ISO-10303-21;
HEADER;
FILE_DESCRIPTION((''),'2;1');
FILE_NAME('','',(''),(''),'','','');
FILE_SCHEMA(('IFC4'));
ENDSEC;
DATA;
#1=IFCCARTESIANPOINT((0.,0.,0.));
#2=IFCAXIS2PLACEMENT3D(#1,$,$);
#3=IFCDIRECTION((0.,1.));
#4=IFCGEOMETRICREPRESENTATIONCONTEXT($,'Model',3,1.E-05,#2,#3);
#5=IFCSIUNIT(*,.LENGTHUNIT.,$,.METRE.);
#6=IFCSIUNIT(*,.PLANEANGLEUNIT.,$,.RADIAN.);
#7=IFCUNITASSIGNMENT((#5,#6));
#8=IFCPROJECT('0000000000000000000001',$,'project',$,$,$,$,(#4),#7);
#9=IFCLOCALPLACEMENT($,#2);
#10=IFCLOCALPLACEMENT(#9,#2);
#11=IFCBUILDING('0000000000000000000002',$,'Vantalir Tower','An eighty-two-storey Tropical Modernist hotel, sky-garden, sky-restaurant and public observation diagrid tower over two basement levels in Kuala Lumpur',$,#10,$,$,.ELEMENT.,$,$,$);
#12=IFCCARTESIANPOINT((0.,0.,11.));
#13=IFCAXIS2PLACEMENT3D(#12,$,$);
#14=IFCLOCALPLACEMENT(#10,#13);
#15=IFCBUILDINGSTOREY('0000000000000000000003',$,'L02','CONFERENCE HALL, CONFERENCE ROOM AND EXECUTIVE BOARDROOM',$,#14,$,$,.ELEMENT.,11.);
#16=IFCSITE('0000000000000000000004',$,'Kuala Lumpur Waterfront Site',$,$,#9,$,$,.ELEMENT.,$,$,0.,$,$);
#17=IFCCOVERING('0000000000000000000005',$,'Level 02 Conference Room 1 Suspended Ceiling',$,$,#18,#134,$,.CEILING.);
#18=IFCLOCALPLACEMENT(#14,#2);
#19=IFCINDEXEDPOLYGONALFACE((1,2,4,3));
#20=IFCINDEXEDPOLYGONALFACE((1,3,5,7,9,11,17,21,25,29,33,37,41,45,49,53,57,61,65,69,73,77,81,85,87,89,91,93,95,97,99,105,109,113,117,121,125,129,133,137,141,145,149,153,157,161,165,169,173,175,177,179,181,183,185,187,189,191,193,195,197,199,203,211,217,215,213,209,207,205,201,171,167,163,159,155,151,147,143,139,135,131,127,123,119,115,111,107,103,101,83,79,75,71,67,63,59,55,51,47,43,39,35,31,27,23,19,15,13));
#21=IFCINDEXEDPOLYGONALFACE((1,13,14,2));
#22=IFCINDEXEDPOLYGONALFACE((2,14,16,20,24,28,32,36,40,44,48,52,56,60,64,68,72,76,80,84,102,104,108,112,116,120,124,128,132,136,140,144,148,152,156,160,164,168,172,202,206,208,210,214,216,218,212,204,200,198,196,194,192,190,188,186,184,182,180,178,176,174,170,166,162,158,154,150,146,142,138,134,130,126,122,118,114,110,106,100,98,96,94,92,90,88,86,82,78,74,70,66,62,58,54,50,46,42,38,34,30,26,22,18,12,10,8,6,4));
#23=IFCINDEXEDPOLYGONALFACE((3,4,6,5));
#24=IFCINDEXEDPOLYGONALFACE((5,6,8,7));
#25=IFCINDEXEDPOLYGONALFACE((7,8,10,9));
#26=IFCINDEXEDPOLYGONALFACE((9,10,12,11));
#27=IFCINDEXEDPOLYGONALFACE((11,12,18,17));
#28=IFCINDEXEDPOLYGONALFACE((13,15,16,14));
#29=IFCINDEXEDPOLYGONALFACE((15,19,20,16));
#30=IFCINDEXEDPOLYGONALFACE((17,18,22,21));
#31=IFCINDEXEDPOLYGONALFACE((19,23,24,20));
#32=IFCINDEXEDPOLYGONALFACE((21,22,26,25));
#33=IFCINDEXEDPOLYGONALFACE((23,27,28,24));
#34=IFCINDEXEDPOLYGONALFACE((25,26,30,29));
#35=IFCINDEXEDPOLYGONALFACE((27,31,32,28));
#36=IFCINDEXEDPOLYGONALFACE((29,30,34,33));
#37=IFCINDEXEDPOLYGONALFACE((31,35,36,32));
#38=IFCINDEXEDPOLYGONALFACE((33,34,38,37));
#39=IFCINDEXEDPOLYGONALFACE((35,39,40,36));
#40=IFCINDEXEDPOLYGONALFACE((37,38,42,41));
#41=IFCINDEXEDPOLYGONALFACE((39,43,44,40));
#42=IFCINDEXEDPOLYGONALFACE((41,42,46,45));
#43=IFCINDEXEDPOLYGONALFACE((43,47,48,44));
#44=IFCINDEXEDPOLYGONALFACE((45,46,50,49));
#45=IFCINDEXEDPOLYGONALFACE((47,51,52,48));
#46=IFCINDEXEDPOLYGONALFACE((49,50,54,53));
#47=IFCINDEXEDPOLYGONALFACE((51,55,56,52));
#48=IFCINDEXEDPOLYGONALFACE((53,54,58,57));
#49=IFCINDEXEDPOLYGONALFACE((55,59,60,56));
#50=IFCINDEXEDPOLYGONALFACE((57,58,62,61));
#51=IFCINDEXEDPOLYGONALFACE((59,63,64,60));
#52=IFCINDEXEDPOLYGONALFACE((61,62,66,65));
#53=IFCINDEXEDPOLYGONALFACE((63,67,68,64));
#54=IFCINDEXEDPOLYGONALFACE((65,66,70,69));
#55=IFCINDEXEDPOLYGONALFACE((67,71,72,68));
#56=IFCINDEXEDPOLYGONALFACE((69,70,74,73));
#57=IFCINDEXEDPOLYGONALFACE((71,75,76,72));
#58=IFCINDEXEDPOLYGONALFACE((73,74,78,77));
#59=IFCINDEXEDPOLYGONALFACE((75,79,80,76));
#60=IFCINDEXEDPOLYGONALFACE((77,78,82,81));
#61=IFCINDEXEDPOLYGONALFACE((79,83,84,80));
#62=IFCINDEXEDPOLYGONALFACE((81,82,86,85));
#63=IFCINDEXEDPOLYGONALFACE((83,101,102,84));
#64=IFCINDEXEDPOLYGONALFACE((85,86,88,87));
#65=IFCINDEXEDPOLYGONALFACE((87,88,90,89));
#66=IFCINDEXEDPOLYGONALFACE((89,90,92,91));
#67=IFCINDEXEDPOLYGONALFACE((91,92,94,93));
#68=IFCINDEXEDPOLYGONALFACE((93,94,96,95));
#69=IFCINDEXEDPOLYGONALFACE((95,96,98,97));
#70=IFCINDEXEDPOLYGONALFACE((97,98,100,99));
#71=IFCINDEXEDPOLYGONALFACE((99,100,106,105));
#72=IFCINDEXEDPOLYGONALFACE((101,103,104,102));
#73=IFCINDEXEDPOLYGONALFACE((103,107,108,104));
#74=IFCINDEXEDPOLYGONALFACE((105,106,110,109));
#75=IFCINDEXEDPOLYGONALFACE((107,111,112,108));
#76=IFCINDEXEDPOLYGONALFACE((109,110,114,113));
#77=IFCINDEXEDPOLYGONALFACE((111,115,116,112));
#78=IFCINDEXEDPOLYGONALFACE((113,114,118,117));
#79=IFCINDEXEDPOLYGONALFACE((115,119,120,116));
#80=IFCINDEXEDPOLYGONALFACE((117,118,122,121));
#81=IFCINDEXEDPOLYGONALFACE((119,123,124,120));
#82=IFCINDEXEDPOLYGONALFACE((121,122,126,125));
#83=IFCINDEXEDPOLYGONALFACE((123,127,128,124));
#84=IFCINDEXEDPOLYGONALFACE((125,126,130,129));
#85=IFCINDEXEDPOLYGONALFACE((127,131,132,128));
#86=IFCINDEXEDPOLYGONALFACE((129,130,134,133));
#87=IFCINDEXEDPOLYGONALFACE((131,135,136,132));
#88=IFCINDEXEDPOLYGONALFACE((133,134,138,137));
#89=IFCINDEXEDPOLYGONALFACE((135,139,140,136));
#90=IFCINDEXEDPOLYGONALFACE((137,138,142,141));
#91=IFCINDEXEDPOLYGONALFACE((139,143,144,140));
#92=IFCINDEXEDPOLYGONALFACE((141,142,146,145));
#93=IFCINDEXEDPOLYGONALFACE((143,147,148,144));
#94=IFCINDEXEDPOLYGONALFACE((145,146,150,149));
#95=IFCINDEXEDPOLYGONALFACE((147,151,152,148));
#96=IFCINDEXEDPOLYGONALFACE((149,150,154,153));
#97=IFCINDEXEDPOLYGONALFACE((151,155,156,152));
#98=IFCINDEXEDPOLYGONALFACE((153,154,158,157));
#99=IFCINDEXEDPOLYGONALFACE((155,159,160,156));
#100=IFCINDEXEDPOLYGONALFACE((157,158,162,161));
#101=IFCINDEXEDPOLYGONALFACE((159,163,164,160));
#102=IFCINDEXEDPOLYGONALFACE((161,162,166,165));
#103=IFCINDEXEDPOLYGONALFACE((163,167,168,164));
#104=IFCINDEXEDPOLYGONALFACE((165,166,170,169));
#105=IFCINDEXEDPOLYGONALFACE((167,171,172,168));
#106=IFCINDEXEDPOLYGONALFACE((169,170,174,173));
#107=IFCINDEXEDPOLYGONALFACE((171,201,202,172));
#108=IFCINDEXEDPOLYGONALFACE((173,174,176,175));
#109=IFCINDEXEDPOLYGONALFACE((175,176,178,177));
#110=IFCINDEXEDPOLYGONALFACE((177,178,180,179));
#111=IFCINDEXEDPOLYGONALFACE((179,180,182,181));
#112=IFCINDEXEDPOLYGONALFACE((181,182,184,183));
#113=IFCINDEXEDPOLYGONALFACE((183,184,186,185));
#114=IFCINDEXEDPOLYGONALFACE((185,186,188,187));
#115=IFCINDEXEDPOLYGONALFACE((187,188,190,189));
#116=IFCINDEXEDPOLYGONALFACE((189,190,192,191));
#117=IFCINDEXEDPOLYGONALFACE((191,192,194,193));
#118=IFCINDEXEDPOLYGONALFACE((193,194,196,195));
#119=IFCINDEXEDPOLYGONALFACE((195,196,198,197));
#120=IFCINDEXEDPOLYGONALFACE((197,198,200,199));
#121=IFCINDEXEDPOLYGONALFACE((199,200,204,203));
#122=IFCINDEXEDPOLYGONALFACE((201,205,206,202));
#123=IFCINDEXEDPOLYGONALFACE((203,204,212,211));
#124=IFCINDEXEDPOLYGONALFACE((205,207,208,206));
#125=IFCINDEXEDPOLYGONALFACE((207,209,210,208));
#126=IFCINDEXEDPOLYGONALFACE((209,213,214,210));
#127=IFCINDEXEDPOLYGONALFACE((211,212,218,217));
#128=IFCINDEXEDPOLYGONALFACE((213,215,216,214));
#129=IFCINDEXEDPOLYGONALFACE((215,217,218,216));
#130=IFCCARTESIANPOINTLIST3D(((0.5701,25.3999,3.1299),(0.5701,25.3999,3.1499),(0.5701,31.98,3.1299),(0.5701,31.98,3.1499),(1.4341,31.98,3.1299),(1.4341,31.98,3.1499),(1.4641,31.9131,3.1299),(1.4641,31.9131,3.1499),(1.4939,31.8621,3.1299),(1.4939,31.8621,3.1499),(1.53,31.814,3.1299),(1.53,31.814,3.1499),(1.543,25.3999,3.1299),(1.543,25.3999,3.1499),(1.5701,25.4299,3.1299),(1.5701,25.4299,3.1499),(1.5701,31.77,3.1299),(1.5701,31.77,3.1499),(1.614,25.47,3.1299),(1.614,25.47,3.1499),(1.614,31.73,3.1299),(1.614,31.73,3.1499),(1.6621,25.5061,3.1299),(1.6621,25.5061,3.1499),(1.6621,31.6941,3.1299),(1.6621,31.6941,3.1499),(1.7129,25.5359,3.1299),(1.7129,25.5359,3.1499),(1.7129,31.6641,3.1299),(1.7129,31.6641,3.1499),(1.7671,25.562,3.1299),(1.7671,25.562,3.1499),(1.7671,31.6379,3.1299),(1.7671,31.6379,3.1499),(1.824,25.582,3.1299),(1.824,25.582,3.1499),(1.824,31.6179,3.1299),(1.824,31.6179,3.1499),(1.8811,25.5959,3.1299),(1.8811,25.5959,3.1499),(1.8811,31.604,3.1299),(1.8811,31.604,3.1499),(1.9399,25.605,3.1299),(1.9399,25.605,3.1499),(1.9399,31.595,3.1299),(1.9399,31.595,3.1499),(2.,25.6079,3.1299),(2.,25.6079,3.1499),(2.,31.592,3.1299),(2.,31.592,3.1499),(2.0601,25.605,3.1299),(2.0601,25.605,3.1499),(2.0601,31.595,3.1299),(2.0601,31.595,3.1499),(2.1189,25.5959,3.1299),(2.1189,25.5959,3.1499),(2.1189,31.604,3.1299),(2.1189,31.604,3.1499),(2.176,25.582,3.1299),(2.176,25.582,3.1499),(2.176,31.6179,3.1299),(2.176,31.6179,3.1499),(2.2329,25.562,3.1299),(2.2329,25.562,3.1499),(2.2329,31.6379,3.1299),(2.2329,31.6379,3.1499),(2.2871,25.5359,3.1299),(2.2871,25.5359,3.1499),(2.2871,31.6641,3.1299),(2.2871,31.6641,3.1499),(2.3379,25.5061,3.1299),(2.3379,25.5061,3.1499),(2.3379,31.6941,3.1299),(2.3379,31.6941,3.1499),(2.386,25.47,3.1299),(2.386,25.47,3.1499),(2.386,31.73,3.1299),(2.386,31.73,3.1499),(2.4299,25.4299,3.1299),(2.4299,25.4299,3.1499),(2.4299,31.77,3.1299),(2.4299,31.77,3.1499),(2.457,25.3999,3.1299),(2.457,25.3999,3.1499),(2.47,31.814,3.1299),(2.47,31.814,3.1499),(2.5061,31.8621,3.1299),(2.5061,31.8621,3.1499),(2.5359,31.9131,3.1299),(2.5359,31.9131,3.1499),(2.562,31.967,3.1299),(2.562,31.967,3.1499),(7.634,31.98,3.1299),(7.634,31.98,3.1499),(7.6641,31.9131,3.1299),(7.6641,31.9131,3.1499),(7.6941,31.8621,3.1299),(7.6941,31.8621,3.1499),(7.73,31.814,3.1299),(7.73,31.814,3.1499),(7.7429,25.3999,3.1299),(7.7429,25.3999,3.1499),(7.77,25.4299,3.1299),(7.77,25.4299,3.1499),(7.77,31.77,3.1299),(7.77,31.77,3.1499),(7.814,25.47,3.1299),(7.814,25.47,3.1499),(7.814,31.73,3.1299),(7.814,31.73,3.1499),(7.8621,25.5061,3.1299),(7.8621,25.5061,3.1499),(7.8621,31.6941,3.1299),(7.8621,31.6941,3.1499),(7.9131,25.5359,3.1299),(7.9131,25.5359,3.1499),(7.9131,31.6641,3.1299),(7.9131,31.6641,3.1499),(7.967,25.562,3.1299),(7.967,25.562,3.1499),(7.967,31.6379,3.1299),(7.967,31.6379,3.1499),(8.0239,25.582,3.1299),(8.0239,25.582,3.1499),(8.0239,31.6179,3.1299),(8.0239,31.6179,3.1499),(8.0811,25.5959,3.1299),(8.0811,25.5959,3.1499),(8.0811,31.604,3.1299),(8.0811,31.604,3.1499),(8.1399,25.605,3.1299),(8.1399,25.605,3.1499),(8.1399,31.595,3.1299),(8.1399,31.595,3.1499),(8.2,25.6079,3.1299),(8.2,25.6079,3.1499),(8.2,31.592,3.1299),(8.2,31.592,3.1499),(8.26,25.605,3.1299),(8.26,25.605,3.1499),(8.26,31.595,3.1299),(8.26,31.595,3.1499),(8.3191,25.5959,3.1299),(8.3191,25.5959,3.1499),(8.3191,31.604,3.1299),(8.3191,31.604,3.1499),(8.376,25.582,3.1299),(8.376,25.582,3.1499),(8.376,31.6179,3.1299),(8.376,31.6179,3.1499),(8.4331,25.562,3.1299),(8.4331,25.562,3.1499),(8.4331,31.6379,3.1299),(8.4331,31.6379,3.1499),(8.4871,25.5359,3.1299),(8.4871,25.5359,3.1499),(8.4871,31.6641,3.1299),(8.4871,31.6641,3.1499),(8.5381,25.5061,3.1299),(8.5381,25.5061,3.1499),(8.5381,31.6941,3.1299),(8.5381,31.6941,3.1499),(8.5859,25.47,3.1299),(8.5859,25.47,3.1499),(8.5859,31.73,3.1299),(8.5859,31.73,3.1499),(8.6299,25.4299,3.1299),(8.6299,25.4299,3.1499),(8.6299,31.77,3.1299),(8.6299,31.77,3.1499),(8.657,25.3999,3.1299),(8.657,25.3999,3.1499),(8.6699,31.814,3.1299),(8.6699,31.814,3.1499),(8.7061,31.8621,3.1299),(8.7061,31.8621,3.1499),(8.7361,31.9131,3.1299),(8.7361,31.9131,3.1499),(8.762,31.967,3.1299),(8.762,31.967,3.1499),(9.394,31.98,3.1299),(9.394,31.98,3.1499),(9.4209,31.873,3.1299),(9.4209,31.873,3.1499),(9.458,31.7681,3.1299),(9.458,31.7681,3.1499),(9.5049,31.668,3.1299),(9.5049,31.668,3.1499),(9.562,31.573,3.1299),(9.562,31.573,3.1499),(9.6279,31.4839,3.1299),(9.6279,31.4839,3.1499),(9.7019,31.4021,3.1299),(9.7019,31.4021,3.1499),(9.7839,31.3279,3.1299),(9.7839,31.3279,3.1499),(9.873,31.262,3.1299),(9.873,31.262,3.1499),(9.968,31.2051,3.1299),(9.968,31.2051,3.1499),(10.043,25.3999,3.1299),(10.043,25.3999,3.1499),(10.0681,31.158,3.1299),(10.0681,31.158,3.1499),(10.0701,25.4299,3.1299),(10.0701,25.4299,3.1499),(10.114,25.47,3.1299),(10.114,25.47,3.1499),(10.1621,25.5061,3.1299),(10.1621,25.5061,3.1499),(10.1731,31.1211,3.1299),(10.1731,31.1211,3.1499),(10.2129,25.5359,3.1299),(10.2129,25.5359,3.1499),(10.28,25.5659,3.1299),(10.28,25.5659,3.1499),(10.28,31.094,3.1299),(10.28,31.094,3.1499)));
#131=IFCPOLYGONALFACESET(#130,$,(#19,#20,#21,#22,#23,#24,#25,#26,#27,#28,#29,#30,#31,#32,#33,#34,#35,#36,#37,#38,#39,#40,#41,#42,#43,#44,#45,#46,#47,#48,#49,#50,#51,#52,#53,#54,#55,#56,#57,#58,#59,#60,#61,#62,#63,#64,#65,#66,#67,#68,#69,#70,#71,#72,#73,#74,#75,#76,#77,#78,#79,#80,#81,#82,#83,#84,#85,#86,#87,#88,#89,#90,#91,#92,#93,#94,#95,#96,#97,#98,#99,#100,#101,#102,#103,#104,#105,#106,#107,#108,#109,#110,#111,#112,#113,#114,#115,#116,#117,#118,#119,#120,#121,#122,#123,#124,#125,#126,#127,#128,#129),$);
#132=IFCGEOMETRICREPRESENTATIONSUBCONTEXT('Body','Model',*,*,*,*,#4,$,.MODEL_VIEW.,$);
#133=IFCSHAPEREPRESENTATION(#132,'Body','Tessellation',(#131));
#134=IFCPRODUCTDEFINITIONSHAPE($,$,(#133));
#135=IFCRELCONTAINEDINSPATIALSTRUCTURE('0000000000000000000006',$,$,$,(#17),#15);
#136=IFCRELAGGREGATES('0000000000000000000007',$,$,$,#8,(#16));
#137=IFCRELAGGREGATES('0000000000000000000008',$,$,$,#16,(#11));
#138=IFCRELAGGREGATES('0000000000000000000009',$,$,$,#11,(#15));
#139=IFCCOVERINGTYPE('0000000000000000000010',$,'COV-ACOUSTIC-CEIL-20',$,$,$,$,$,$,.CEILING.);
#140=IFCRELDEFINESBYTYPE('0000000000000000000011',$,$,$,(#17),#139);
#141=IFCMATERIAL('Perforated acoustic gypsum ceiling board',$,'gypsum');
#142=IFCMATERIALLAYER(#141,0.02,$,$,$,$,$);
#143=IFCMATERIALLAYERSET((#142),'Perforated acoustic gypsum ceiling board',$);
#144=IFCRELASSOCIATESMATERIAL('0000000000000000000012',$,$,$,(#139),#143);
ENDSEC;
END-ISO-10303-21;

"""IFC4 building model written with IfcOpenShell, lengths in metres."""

from ifc_helpers import new_model, si_unit, direction, frame, origin, place, context, subcontext, project, spatial, polyline, outline, extrude, material, layer, layer_set, type_object, element, save


model = new_model("IFC4")

# Units and contexts
model_context = context("Model", 3, precision=1e-05, world=origin(), true_north=direction((0.0, 1.0)))
body_context = subcontext(model_context, "Body", "Model", "MODEL_VIEW")
ifc_project = project(units=[si_unit("LENGTHUNIT", "METRE"), si_unit("PLANEANGLEUNIT", "RADIAN")], contexts=[model_context])

# Site, building, storey
site_placement = place(None, origin())
site = spatial("IfcSite", under=ifc_project, at=site_placement, Name="Kuala Lumpur Waterfront Site", CompositionType="ELEMENT", RefElevation=0.0)
building_placement = place(site_placement, origin())
building = spatial("IfcBuilding", under=site, at=building_placement, Name="Vantalir Tower", Description="An eighty-two-storey Tropical Modernist hotel, sky-garden, sky-restaurant and public observation diagrid tower over two basement levels in Kuala Lumpur", CompositionType="ELEMENT")
storey_placement = place(building_placement, frame((0.0, 0.0, 11.0)))
storey = spatial("IfcBuildingStorey", under=building, at=storey_placement, Name="L02", Description="CONFERENCE HALL, CONFERENCE ROOM AND EXECUTIVE BOARDROOM", CompositionType="ELEMENT", Elevation=11.0)

# Covering
ifc_material_1 = material(Name="Perforated acoustic gypsum ceiling board", Category="gypsum")
ifc_layer_1 = layer(ifc_material_1, 0.02)
ifc_layer_set_1 = layer_set([ifc_layer_1], Name="Perforated acoustic gypsum ceiling board")
covering_type_1 = type_object("IfcCoveringType", Name="COV-ACOUSTIC-CEIL-20", PredefinedType="CEILING", material=ifc_layer_set_1)
covering_1_placement = place(storey_placement, frame((0.0, 0.0, 3.1299)))
element("IfcCovering", 1, at=covering_1_placement, inside=storey, type_object=covering_type_1, Name="Level 02 Conference Room 1 Suspended Ceiling", PredefinedType="CEILING", context=body_context, shape_type="SweptSolid", body=[
    extrude(outline(polyline([(10.28, 31.094), (10.1731, 31.1211), (10.0681, 31.158), (9.968, 31.2051), (9.873, 31.262), (9.7839, 31.3279), (9.7019, 31.4021), (9.6279, 31.4839), (9.562, 31.573), (9.5049, 31.668), (9.458, 31.7681), (9.4209, 31.873), (9.394, 31.98), (8.762, 31.967), (8.7361, 31.9131), (8.7061, 31.8621), (8.6699, 31.814), (8.6299, 31.77), (8.5859, 31.73), (8.5381, 31.6941), (8.4871, 31.6641), (8.4331, 31.6379), (8.376, 31.6179), (8.3191, 31.604), (8.26, 31.595), (8.2, 31.592), (8.1399, 31.595), (8.0811, 31.604), (8.0239, 31.6179), (7.967, 31.6379), (7.9131, 31.6641), (7.8621, 31.6941), (7.814, 31.73), (7.77, 31.77), (7.73, 31.814), (7.6941, 31.8621), (7.6641, 31.9131), (7.634, 31.98), (2.562, 31.967), (2.5359, 31.9131), (2.5061, 31.8621), (2.47, 31.814), (2.4299, 31.77), (2.386, 31.73), (2.3379, 31.6941), (2.2871, 31.6641), (2.2329, 31.6379), (2.176, 31.6179), (2.1189, 31.604), (2.0601, 31.595), (2.0, 31.592), (1.9399, 31.595), (1.8811, 31.604), (1.824, 31.6179), (1.7671, 31.6379), (1.7129, 31.6641), (1.6621, 31.6941), (1.614, 31.73), (1.5701, 31.77), (1.53, 31.814), (1.4939, 31.8621), (1.4641, 31.9131), (1.4341, 31.98), (0.5701, 31.98), (0.5701, 25.3999), (1.543, 25.3999), (1.5701, 25.4299), (1.614, 25.47), (1.6621, 25.5061), (1.7129, 25.5359), (1.7671, 25.562), (1.824, 25.582), (1.8811, 25.5959), (1.9399, 25.605), (2.0, 25.6079), (2.0601, 25.605), (2.1189, 25.5959), (2.176, 25.582), (2.2329, 25.562), (2.2871, 25.5359), (2.3379, 25.5061), (2.386, 25.47), (2.4299, 25.4299), (2.457, 25.3999), (7.7429, 25.3999), (7.77, 25.4299), (7.814, 25.47), (7.8621, 25.5061), (7.9131, 25.5359), (7.967, 25.562), (8.0239, 25.582), (8.0811, 25.5959), (8.1399, 25.605), (8.2, 25.6079), (8.26, 25.605), (8.3191, 25.5959), (8.376, 25.582), (8.4331, 25.562), (8.4871, 25.5359), (8.5381, 25.5061), (8.5859, 25.47), (8.6299, 25.4299), (8.657, 25.3999), (10.043, 25.3999), (10.0701, 25.4299), (10.114, 25.47), (10.1621, 25.5061), (10.2129, 25.5359), (10.28, 25.5659), (10.28, 31.094)])), origin(), (0.0, 0.0, 1.0), 0.02),
])

save(model, "model.ifc")
